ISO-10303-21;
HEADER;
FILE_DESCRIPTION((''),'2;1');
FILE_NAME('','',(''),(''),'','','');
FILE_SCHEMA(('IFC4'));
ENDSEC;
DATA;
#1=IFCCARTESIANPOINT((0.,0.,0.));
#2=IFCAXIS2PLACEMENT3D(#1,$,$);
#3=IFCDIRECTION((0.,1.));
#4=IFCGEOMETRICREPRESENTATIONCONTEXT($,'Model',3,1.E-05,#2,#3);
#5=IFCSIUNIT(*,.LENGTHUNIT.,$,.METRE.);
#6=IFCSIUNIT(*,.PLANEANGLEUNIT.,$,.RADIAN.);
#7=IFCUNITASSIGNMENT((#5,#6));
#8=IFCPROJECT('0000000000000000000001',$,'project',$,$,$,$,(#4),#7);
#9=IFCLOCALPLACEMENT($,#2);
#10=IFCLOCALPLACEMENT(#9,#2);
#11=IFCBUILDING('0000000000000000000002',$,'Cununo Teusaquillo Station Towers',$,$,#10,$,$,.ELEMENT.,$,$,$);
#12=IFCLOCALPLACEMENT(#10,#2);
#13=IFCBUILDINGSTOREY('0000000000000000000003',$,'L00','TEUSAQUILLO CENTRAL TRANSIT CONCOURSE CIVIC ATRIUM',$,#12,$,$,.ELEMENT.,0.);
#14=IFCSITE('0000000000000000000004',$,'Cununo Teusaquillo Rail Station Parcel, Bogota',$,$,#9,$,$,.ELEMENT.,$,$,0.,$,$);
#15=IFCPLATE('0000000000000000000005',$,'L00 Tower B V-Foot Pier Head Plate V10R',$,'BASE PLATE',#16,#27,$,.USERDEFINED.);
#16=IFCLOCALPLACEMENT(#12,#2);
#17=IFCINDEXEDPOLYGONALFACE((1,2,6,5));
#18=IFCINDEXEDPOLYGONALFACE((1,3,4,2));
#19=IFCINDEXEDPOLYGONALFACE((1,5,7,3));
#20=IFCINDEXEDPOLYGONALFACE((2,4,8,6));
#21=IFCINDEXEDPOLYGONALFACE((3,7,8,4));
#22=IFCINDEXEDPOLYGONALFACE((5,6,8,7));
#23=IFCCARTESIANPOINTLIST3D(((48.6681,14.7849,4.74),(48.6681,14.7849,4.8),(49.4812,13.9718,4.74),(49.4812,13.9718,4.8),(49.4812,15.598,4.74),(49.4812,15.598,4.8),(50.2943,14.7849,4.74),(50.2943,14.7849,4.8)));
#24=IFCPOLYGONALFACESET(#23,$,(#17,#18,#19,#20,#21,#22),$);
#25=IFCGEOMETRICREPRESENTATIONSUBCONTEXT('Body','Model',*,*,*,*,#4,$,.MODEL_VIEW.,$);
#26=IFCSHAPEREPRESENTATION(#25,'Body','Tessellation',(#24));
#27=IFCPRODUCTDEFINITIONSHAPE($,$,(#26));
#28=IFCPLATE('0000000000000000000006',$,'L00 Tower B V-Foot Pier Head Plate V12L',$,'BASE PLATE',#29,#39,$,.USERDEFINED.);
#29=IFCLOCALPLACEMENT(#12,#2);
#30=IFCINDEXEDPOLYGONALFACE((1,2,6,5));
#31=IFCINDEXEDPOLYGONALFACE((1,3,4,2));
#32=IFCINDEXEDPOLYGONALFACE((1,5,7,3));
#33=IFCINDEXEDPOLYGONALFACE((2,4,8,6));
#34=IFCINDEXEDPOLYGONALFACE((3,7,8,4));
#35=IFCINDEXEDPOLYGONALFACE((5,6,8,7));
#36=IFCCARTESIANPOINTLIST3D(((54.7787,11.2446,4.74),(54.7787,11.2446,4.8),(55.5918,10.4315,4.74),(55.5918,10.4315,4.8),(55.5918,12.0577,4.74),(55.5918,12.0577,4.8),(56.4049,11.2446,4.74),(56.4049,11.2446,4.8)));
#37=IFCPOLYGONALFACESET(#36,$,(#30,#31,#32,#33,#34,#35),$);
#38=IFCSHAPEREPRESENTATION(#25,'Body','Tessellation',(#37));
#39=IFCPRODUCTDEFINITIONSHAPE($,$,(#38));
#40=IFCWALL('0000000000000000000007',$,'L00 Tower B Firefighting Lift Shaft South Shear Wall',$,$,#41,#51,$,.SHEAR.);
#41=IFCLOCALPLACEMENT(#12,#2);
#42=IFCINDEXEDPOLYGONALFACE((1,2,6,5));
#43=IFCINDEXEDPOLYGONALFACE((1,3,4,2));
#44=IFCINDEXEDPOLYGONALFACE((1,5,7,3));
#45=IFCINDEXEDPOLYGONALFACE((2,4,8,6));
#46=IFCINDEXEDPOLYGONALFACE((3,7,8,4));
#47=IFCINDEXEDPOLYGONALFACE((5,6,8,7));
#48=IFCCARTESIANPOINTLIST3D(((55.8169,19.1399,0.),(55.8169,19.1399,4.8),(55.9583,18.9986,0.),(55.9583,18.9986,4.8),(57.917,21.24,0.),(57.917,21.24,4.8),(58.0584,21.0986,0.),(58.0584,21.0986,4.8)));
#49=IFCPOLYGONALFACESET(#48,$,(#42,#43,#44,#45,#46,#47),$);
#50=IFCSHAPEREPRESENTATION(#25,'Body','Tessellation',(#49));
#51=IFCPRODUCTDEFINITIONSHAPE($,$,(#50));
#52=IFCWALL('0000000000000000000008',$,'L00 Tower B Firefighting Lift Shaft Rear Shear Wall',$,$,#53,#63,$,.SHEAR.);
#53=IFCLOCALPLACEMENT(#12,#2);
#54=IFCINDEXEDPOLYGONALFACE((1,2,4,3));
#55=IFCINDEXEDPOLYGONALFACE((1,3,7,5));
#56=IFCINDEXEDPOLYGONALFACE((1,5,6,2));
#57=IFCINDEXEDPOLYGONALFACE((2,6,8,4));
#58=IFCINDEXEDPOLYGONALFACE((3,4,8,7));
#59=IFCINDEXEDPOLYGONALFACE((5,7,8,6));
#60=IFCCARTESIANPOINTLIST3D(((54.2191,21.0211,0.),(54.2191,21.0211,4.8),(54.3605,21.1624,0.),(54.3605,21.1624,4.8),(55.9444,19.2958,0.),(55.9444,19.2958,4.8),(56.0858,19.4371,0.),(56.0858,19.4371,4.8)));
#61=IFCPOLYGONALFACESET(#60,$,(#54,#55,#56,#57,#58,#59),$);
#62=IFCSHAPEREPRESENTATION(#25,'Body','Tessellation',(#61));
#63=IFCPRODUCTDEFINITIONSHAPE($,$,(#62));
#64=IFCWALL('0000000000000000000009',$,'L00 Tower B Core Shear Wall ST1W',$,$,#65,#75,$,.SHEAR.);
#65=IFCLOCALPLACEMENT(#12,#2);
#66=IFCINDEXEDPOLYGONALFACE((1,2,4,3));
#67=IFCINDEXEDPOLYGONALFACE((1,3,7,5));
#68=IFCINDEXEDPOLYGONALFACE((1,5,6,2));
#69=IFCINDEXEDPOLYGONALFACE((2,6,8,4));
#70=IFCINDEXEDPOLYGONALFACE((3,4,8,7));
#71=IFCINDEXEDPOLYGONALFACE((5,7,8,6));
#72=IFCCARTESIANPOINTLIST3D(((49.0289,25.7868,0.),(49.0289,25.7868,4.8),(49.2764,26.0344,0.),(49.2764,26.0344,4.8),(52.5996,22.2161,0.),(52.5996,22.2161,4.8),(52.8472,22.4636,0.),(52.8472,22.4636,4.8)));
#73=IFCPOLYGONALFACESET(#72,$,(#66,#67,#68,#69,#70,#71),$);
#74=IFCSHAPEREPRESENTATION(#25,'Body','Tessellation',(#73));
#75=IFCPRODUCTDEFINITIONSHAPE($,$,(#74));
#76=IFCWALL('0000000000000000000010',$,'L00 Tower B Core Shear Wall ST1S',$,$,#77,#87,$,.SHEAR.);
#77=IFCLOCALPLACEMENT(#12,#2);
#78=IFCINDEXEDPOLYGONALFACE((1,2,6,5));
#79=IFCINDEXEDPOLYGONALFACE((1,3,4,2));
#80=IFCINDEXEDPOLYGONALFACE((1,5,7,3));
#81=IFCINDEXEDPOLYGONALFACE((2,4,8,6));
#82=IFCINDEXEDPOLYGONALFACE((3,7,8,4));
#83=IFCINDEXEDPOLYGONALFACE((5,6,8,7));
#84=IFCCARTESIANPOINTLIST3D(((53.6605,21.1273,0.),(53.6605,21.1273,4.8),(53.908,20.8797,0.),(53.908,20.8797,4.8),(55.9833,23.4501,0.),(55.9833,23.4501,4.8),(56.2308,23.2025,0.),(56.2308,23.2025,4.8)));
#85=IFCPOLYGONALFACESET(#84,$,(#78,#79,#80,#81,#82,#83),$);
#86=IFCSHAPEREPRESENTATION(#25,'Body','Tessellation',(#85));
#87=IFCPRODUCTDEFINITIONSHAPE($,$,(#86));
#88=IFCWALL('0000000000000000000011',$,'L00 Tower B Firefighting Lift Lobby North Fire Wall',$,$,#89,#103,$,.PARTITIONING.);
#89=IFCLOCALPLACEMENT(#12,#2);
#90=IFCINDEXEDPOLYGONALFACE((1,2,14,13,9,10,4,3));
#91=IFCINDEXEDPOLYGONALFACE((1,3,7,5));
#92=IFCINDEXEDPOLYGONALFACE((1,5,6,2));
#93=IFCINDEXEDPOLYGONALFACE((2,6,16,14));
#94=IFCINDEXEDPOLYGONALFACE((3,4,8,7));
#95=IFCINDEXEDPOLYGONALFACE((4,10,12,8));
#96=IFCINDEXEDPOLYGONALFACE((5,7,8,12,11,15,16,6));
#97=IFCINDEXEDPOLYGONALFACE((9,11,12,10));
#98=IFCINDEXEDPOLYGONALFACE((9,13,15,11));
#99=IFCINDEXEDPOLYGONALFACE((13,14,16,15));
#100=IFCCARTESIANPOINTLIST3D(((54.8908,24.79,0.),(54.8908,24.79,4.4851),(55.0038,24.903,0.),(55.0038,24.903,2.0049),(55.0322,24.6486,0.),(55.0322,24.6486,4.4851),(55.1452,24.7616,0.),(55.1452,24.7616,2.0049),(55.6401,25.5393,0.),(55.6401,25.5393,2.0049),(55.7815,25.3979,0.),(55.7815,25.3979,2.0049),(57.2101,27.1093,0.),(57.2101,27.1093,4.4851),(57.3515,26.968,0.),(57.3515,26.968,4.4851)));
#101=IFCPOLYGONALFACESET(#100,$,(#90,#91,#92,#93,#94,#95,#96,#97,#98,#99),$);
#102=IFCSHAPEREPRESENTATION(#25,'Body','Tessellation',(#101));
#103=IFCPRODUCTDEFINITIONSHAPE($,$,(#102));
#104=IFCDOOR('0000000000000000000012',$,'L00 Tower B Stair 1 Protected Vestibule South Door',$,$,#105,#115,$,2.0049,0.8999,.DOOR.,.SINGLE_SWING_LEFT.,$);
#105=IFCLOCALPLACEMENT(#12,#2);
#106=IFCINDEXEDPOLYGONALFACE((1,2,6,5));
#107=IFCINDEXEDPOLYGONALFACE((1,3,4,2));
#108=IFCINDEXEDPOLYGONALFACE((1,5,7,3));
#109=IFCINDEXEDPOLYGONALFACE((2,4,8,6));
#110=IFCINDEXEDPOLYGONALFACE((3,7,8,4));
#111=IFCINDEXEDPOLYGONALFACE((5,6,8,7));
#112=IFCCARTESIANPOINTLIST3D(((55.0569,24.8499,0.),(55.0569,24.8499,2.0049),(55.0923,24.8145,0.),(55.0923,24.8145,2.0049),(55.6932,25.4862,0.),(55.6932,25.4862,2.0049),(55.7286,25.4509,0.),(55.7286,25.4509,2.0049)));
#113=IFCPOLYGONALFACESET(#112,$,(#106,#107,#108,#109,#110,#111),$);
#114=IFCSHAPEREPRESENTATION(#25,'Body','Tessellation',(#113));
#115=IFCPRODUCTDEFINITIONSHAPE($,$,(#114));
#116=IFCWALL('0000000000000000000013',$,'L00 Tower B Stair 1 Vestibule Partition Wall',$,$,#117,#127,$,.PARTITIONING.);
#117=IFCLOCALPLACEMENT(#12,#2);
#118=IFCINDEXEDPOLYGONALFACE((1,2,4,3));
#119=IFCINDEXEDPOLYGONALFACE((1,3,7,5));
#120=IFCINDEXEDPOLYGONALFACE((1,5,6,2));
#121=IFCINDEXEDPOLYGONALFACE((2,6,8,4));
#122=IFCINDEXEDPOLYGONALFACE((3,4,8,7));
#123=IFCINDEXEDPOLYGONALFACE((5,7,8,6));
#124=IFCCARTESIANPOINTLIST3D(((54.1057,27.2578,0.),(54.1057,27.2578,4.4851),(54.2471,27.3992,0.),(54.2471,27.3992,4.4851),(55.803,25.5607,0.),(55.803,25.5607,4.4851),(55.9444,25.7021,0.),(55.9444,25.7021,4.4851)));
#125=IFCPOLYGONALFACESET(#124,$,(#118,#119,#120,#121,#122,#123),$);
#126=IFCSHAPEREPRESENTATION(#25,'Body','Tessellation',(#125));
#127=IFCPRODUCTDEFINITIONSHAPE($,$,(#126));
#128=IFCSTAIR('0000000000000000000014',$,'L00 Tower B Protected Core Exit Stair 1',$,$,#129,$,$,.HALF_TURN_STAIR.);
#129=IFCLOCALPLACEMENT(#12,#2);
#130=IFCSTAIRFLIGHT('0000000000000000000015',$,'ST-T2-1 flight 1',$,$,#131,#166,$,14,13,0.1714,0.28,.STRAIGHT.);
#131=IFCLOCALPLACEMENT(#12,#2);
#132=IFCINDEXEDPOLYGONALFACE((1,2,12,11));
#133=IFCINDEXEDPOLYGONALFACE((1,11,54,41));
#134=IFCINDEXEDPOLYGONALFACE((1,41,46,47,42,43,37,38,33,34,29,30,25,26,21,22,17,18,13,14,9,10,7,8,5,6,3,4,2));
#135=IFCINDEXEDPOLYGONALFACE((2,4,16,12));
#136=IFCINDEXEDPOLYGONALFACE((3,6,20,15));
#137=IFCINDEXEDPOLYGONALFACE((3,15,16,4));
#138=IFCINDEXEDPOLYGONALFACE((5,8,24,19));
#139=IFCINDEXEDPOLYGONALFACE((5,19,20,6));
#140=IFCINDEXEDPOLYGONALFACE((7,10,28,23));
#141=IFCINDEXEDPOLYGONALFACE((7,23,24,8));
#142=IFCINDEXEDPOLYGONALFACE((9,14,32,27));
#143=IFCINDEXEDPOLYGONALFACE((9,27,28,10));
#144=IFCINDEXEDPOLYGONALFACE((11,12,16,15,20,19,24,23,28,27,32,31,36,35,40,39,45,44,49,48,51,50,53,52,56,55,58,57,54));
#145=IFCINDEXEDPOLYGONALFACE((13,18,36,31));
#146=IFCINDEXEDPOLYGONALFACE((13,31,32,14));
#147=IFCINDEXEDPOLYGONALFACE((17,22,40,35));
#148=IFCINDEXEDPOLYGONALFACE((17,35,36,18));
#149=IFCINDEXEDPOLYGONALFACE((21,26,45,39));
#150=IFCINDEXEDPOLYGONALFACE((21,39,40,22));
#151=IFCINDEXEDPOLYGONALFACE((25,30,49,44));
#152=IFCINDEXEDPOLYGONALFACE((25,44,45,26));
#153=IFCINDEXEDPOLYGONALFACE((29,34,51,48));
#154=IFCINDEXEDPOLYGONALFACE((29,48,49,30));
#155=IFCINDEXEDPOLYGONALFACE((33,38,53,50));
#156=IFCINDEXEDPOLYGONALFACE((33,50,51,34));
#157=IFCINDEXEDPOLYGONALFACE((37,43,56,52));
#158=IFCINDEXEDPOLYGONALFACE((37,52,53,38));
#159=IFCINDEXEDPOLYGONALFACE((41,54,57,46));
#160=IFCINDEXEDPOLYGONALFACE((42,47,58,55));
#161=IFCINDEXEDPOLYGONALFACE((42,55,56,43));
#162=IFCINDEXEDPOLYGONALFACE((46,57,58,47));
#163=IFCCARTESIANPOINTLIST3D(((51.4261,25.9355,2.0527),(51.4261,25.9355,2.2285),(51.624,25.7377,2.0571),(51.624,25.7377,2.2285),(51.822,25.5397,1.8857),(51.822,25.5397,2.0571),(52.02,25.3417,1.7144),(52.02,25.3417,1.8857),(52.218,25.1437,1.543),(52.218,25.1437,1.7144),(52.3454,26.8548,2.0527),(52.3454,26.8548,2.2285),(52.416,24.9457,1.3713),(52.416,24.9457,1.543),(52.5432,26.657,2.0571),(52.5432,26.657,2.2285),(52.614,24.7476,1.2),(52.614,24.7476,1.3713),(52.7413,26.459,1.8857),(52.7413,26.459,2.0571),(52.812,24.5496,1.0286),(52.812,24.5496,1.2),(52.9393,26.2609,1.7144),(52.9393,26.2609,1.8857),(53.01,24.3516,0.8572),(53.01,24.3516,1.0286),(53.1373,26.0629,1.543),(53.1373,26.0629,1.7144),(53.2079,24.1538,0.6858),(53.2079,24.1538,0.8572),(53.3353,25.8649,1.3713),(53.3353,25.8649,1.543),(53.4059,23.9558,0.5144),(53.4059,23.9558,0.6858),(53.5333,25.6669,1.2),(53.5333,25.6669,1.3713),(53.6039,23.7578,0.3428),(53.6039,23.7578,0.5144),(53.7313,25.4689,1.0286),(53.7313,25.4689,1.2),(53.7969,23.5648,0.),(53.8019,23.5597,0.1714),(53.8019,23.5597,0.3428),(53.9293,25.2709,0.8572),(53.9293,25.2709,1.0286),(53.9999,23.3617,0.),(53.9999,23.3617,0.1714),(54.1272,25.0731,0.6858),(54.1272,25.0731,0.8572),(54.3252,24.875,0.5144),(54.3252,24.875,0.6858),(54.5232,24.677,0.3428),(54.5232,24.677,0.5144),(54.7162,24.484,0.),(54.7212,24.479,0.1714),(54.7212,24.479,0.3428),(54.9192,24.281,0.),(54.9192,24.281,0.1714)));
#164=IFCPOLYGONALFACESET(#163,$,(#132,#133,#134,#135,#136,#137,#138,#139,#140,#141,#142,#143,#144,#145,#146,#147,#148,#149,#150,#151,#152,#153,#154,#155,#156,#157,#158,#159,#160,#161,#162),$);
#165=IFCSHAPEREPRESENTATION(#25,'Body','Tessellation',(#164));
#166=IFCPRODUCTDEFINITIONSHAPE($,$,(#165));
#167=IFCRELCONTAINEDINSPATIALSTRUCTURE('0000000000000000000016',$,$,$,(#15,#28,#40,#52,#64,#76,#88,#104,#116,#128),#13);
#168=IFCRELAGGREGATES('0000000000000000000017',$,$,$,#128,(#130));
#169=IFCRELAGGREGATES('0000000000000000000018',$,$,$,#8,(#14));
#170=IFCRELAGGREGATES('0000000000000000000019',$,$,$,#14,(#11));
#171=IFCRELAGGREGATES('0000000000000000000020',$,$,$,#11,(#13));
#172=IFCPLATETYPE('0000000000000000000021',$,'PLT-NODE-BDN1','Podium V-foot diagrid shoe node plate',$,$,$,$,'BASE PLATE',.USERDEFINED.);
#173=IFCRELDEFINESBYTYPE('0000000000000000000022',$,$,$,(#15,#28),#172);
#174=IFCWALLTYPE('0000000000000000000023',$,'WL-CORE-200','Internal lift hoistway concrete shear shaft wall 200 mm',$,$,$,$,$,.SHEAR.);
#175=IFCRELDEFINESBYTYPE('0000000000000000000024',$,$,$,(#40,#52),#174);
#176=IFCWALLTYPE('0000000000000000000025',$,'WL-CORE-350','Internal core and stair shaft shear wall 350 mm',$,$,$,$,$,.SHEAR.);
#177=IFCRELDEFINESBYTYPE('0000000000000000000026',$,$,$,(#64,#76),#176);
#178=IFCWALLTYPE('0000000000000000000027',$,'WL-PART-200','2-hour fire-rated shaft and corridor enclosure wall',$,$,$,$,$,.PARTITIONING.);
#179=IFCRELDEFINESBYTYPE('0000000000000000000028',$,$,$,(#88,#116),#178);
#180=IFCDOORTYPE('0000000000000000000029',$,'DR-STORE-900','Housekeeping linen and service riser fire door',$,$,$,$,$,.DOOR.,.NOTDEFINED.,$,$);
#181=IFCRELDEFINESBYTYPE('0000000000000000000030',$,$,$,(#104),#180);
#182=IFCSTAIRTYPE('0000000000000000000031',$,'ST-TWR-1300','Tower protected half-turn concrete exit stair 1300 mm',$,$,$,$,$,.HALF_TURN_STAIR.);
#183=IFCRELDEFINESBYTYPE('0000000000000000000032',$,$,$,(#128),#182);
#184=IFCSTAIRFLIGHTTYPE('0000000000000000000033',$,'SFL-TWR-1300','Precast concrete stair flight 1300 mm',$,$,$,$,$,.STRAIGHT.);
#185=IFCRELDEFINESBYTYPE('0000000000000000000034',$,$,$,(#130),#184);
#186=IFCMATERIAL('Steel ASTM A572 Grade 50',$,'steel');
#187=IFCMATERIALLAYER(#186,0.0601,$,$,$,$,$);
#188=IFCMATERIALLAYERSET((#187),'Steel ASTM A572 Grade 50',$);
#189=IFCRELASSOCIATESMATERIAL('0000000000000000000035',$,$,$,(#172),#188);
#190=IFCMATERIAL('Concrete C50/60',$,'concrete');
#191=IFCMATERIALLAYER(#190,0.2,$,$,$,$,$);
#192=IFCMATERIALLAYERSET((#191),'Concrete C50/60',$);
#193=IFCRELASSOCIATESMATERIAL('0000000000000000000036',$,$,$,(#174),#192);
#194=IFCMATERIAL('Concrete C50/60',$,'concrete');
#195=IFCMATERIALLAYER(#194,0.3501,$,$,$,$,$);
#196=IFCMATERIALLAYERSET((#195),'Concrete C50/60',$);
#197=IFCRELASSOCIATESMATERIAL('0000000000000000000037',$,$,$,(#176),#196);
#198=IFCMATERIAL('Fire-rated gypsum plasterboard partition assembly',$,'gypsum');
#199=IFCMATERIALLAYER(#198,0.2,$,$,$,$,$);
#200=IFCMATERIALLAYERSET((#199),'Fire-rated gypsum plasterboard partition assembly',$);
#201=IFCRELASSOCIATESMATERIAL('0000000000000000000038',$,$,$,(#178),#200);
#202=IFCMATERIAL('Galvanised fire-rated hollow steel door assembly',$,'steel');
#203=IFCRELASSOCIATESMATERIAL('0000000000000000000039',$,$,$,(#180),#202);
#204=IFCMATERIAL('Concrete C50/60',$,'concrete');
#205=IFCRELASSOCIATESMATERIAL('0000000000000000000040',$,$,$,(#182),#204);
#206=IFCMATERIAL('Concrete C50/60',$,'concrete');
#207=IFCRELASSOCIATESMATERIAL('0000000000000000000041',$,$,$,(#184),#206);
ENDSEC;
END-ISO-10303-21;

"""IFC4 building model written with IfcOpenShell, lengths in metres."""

from ifc_helpers import new_model, si_unit, direction, frame, frame_2d, origin, origin_2d, place, context, subcontext, project, spatial, polyline, rectangle, outline, extrude, source, transform, mapped, material, layer, layer_set, type_object, element, fill, aggregate, save


model = new_model("IFC4")

# Units and contexts
model_context = context("Model", 3, precision=1e-05, world=origin(), true_north=direction((0.0, 1.0)))
body_context = subcontext(model_context, "Body", "Model", "MODEL_VIEW")
ifc_project = project(units=[si_unit("LENGTHUNIT", "METRE"), si_unit("PLANEANGLEUNIT", "RADIAN")], contexts=[model_context])

# Site, building, storey
site_placement = place(None, origin())
site = spatial("IfcSite", under=ifc_project, at=site_placement, Name="Cununo Teusaquillo Rail Station Parcel, Bogota", CompositionType="ELEMENT", RefElevation=0.0)
building_placement = place(site_placement, origin())
building = spatial("IfcBuilding", under=site, at=building_placement, Name="Cununo Teusaquillo Station Towers", CompositionType="ELEMENT")
storey_placement = place(building_placement, origin())
storey = spatial("IfcBuildingStorey", under=building, at=storey_placement, Name="L00", Description="TEUSAQUILLO CENTRAL TRANSIT CONCOURSE CIVIC ATRIUM", CompositionType="ELEMENT", Elevation=0.0)

# Plates
ifc_material_1 = material(Name="Steel ASTM A572 Grade 50", Category="steel")
ifc_layer_1 = layer(ifc_material_1, 0.0601)
ifc_layer_set_1 = layer_set([ifc_layer_1], Name="Steel ASTM A572 Grade 50")
plate_type = type_object("IfcPlateType", Name="PLT-NODE-BDN1", Description="Podium V-foot diagrid shoe node plate", ElementType="BASE PLATE", PredefinedType="USERDEFINED", material=ifc_layer_set_1)
shared_shape_1 = source(origin(), body_context, "Body", "SweptSolid", [
    extrude(rectangle(XDim=1.1499, YDim=1.1499, at=origin_2d()), origin(), (0.0, 0.0, 1.0), 0.0601),
])
for number, where, z_axis, x_axis, name in (
    (1, (49.4812, 14.7849, 4.74), (0.0, 0.0, 1.0), (0.707107, 0.707107, 0.0), "L00 Tower B V-Foot Pier Head Plate V10R"),
    (2, (55.5918, 11.2446, 4.74), (0.0, 0.0, 1.0), (0.707107, 0.707107, 0.0), "L00 Tower B V-Foot Pier Head Plate V12L"),
):
    element("IfcPlate", number, at=place(storey_placement, frame(where, z_axis=z_axis, x_axis=x_axis)), inside=storey, type_object=plate_type, Name=name, ObjectType="BASE PLATE", PredefinedType="USERDEFINED", context=body_context, shape_type="MappedRepresentation", body=[
        mapped(shared_shape_1, transform((0.0, 0.0, 0.0), x_axis=(1.0, 0.0, 0.0), y_axis=(0.0, 1.0, 0.0), z_axis=(0.0, 0.0, 1.0), scale=1.0)),
    ])

# Walls
ifc_material_2 = material(Name="Concrete C50/60", Category="concrete")
ifc_layer_2 = layer(ifc_material_2, 0.2)
ifc_layer_set_2 = layer_set([ifc_layer_2], Name="Concrete C50/60")
wall_type_1 = type_object("IfcWallType", Name="WL-CORE-200", Description="Internal lift hoistway concrete shear shaft wall 200 mm", PredefinedType="SHEAR", material=ifc_layer_set_2)
wall_1_placement = place(storey_placement, frame((55.8877, 19.0693, 0.0), z_axis=(0.0, 0.0, 1.0), x_axis=(0.707107, 0.707107, 0.0)))
element("IfcWall", 3, at=wall_1_placement, inside=storey, type_object=wall_type_1, Name="L00 Tower B Firefighting Lift Shaft South Shear Wall", PredefinedType="SHEAR", context=body_context, shape_type="SweptSolid", body=[
    extrude(rectangle(XDim=2.97, YDim=0.2, at=frame_2d((1.4849, 0.0))), origin(), (0.0, 0.0, 1.0), 4.8),
])
wall_2_placement = place(storey_placement, frame((56.0151, 19.3665, 0.0), z_axis=(0.0, 0.0, 1.0), x_axis=(-0.707107, 0.707107, 0.0)))
element("IfcWall", 4, at=wall_2_placement, inside=storey, type_object=wall_type_1, Name="L00 Tower B Firefighting Lift Shaft Rear Shear Wall", PredefinedType="SHEAR", context=body_context, shape_type="SweptSolid", body=[
    extrude(rectangle(XDim=2.4399, YDim=0.2, at=frame_2d((1.22, 0.0))), origin(), (0.0, 0.0, 1.0), 4.8),
])
ifc_material_3 = material(Name="Concrete C50/60", Category="concrete")
ifc_layer_3 = layer(ifc_material_3, 0.3501)
ifc_layer_set_3 = layer_set([ifc_layer_3], Name="Concrete C50/60")
wall_type_2 = type_object("IfcWallType", Name="WL-CORE-350", Description="Internal core and stair shaft shear wall 350 mm", PredefinedType="SHEAR", material=ifc_layer_set_3)
wall_3_placement = place(storey_placement, frame((52.7234, 22.3398, 0.0), z_axis=(0.0, 0.0, 1.0), x_axis=(-0.707107, 0.707107, 0.0)))
element("IfcWall", 5, at=wall_3_placement, inside=storey, type_object=wall_type_2, Name="L00 Tower B Core Shear Wall ST1W", PredefinedType="SHEAR", context=body_context, shape_type="SweptSolid", body=[
    extrude(rectangle(XDim=5.0498, YDim=0.3501, at=frame_2d((2.5249, 0.0))), origin(), (0.0, 0.0, 1.0), 4.8),
])
wall_4_placement = place(storey_placement, frame((53.7842, 21.0034, 0.0), z_axis=(0.0, 0.0, 1.0), x_axis=(0.707107, 0.707107, 0.0)))
element("IfcWall", 6, at=wall_4_placement, inside=storey, type_object=wall_type_2, Name="L00 Tower B Core Shear Wall ST1S", PredefinedType="SHEAR", context=body_context, shape_type="SweptSolid", body=[
    extrude(rectangle(XDim=3.2849, YDim=0.3501, at=frame_2d((1.6426, 0.0))), origin(), (0.0, 0.0, 1.0), 4.8),
])

# Wall, opening, door
ifc_material_4 = material(Name="Fire-rated gypsum plasterboard partition assembly", Category="gypsum")
ifc_layer_4 = layer(ifc_material_4, 0.2)
ifc_layer_set_4 = layer_set([ifc_layer_4], Name="Fire-rated gypsum plasterboard partition assembly")
wall_type_3 = type_object("IfcWallType", Name="WL-PART-200", Description="2-hour fire-rated shaft and corridor enclosure wall", PredefinedType="PARTITIONING", material=ifc_layer_set_4)
wall_5_placement = place(storey_placement, frame((54.9614, 24.7192, 0.0), z_axis=(0.0, 0.0, 1.0), x_axis=(0.707107, 0.707107, 0.0)))
wall_5 = element("IfcWall", 7, at=wall_5_placement, inside=storey, type_object=wall_type_3, Name="L00 Tower B Firefighting Lift Lobby North Fire Wall", PredefinedType="PARTITIONING", context=body_context, shape_type="SweptSolid", body=[
    extrude(rectangle(XDim=3.28, YDim=0.2, at=frame_2d((1.6401, 0.0))), origin(), (0.0, 0.0, 1.0), 4.4851),
])
shared_shape_2 = source(origin(), body_context, "Body", "SweptSolid", [
    extrude(rectangle(XDim=0.8999, YDim=2.0049, at=frame_2d((0.45, 1.0024))), frame((0.0, 0.1099, 0.0), z_axis=(0.0, -1.0, 0.0), x_axis=(1.0, 0.0, 0.0)), (0.0, 0.0, 1.0), 0.22),
])
opening_placement = place(wall_5_placement, frame((0.1599, 0.0, 0.0)))
opening = element("IfcOpeningElement", 8, at=opening_placement, cuts=wall_5, PredefinedType="OPENING", context=body_context, shape_type="MappedRepresentation", body=[
    mapped(shared_shape_2, transform((0.0, 0.0, 0.0), x_axis=(1.0, 0.0, 0.0), y_axis=(0.0, 1.0, 0.0), z_axis=(0.0, 0.0, 1.0), scale=1.0)),
])
ifc_material_5 = material(Name="Galvanised fire-rated hollow steel door assembly", Category="steel")
door_type = type_object("IfcDoorType", Name="DR-STORE-900", Description="Housekeeping linen and service riser fire door", OperationType="NOTDEFINED", PredefinedType="DOOR", material=ifc_material_5)
shared_shape_3 = source(origin(), body_context, "Body", "SweptSolid", [
    extrude(rectangle(XDim=0.8999, YDim=2.0049, at=frame_2d((0.45, 1.0024))), frame((0.0, 0.0249, 0.0), z_axis=(0.0, -1.0, 0.0), x_axis=(1.0, 0.0, 0.0)), (0.0, 0.0, 1.0), 0.05),
])
door_placement = place(opening_placement, origin())
door = element("IfcDoor", 9, at=door_placement, inside=storey, type_object=door_type, Name="L00 Tower B Stair 1 Protected Vestibule South Door", OperationType="SINGLE_SWING_LEFT", OverallHeight=2.0049, OverallWidth=0.8999, PredefinedType="DOOR", context=body_context, shape_type="MappedRepresentation", body=[
    mapped(shared_shape_3, transform((0.0, 0.0, 0.0), x_axis=(1.0, 0.0, 0.0), y_axis=(0.0, 1.0, 0.0), z_axis=(0.0, 0.0, 1.0), scale=1.0)),
])
fill(opening, door)

# Wall
wall_6_placement = place(storey_placement, frame((55.8738, 25.6313, 0.0), z_axis=(0.0, 0.0, 1.0), x_axis=(-0.707158, 0.707056, 0.0)))
element("IfcWall", 10, at=wall_6_placement, inside=storey, type_object=wall_type_3, Name="L00 Tower B Stair 1 Vestibule Partition Wall", PredefinedType="PARTITIONING", context=body_context, shape_type="SweptSolid", body=[
    extrude(rectangle(XDim=2.4001, YDim=0.2, at=frame_2d((1.2002, 0.0))), origin(), (0.0, 0.0, 1.0), 4.4851),
])

# Stair, stair flight
ifc_material_6 = material(Name="Concrete C50/60", Category="concrete")
stair_type = type_object("IfcStairType", Name="ST-TWR-1300", Description="Tower protected half-turn concrete exit stair 1300 mm", PredefinedType="HALF_TURN_STAIR", material=ifc_material_6)
stair_placement = place(storey_placement, origin())
stair = element("IfcStair", 11, at=stair_placement, inside=storey, type_object=stair_type, Name="L00 Tower B Protected Core Exit Stair 1", PredefinedType="HALF_TURN_STAIR")
ifc_material_7 = material(Name="Concrete C50/60", Category="concrete")
stair_flight_type = type_object("IfcStairFlightType", Name="SFL-TWR-1300", Description="Precast concrete stair flight 1300 mm", PredefinedType="STRAIGHT", material=ifc_material_7)
stair_flight_1_placement = place(storey_placement, frame((54.4595, 23.8213, 0.0), z_axis=(0.0, 0.0, 1.0), x_axis=(-0.707107, 0.707107, 0.0)))
stair_flight_1 = element("IfcStairFlight", 12, at=stair_flight_1_placement, type_object=stair_flight_type, Name="ST-T2-1 flight 1", NumberOfRisers=14, NumberOfTreads=13, PredefinedType="STRAIGHT", RiserHeight=0.1714, TreadLength=0.28, context=body_context, shape_type="SweptSolid", body=[
    extrude(outline(polyline([(0.0, 0.0), (0.0, 0.1714), (0.28, 0.1714), (0.28, 0.3428), (0.5601, 0.3428), (0.5601, 0.5144), (0.8401, 0.5144), (0.8401, 0.6858), (1.1201, 0.6858), (1.1201, 0.8572), (1.3999, 0.8572), (1.3999, 1.0286), (1.6799, 1.0286), (1.6799, 1.2), (1.96, 1.2), (1.96, 1.3713), (2.24, 1.3713), (2.24, 1.543), (2.52, 1.543), (2.52, 1.7144), (2.8, 1.7144), (2.8, 1.8857), (3.0801, 1.8857), (3.0801, 2.0571), (3.3601, 2.0571), (3.3601, 2.2285), (3.6399, 2.2285), (3.6399, 2.3999), (3.6399, 2.0527), (0.2871, 0.0), (0.0, 0.0)])), frame((0.0, 0.6499, 0.0), z_axis=(0.0, -1.0, 0.0), x_axis=(1.0, 0.0, 0.0)), (0.0, 0.0, 1.0), 1.3),
])
aggregate(stair, [stair_flight_1])

save(model, "model.ifc")
